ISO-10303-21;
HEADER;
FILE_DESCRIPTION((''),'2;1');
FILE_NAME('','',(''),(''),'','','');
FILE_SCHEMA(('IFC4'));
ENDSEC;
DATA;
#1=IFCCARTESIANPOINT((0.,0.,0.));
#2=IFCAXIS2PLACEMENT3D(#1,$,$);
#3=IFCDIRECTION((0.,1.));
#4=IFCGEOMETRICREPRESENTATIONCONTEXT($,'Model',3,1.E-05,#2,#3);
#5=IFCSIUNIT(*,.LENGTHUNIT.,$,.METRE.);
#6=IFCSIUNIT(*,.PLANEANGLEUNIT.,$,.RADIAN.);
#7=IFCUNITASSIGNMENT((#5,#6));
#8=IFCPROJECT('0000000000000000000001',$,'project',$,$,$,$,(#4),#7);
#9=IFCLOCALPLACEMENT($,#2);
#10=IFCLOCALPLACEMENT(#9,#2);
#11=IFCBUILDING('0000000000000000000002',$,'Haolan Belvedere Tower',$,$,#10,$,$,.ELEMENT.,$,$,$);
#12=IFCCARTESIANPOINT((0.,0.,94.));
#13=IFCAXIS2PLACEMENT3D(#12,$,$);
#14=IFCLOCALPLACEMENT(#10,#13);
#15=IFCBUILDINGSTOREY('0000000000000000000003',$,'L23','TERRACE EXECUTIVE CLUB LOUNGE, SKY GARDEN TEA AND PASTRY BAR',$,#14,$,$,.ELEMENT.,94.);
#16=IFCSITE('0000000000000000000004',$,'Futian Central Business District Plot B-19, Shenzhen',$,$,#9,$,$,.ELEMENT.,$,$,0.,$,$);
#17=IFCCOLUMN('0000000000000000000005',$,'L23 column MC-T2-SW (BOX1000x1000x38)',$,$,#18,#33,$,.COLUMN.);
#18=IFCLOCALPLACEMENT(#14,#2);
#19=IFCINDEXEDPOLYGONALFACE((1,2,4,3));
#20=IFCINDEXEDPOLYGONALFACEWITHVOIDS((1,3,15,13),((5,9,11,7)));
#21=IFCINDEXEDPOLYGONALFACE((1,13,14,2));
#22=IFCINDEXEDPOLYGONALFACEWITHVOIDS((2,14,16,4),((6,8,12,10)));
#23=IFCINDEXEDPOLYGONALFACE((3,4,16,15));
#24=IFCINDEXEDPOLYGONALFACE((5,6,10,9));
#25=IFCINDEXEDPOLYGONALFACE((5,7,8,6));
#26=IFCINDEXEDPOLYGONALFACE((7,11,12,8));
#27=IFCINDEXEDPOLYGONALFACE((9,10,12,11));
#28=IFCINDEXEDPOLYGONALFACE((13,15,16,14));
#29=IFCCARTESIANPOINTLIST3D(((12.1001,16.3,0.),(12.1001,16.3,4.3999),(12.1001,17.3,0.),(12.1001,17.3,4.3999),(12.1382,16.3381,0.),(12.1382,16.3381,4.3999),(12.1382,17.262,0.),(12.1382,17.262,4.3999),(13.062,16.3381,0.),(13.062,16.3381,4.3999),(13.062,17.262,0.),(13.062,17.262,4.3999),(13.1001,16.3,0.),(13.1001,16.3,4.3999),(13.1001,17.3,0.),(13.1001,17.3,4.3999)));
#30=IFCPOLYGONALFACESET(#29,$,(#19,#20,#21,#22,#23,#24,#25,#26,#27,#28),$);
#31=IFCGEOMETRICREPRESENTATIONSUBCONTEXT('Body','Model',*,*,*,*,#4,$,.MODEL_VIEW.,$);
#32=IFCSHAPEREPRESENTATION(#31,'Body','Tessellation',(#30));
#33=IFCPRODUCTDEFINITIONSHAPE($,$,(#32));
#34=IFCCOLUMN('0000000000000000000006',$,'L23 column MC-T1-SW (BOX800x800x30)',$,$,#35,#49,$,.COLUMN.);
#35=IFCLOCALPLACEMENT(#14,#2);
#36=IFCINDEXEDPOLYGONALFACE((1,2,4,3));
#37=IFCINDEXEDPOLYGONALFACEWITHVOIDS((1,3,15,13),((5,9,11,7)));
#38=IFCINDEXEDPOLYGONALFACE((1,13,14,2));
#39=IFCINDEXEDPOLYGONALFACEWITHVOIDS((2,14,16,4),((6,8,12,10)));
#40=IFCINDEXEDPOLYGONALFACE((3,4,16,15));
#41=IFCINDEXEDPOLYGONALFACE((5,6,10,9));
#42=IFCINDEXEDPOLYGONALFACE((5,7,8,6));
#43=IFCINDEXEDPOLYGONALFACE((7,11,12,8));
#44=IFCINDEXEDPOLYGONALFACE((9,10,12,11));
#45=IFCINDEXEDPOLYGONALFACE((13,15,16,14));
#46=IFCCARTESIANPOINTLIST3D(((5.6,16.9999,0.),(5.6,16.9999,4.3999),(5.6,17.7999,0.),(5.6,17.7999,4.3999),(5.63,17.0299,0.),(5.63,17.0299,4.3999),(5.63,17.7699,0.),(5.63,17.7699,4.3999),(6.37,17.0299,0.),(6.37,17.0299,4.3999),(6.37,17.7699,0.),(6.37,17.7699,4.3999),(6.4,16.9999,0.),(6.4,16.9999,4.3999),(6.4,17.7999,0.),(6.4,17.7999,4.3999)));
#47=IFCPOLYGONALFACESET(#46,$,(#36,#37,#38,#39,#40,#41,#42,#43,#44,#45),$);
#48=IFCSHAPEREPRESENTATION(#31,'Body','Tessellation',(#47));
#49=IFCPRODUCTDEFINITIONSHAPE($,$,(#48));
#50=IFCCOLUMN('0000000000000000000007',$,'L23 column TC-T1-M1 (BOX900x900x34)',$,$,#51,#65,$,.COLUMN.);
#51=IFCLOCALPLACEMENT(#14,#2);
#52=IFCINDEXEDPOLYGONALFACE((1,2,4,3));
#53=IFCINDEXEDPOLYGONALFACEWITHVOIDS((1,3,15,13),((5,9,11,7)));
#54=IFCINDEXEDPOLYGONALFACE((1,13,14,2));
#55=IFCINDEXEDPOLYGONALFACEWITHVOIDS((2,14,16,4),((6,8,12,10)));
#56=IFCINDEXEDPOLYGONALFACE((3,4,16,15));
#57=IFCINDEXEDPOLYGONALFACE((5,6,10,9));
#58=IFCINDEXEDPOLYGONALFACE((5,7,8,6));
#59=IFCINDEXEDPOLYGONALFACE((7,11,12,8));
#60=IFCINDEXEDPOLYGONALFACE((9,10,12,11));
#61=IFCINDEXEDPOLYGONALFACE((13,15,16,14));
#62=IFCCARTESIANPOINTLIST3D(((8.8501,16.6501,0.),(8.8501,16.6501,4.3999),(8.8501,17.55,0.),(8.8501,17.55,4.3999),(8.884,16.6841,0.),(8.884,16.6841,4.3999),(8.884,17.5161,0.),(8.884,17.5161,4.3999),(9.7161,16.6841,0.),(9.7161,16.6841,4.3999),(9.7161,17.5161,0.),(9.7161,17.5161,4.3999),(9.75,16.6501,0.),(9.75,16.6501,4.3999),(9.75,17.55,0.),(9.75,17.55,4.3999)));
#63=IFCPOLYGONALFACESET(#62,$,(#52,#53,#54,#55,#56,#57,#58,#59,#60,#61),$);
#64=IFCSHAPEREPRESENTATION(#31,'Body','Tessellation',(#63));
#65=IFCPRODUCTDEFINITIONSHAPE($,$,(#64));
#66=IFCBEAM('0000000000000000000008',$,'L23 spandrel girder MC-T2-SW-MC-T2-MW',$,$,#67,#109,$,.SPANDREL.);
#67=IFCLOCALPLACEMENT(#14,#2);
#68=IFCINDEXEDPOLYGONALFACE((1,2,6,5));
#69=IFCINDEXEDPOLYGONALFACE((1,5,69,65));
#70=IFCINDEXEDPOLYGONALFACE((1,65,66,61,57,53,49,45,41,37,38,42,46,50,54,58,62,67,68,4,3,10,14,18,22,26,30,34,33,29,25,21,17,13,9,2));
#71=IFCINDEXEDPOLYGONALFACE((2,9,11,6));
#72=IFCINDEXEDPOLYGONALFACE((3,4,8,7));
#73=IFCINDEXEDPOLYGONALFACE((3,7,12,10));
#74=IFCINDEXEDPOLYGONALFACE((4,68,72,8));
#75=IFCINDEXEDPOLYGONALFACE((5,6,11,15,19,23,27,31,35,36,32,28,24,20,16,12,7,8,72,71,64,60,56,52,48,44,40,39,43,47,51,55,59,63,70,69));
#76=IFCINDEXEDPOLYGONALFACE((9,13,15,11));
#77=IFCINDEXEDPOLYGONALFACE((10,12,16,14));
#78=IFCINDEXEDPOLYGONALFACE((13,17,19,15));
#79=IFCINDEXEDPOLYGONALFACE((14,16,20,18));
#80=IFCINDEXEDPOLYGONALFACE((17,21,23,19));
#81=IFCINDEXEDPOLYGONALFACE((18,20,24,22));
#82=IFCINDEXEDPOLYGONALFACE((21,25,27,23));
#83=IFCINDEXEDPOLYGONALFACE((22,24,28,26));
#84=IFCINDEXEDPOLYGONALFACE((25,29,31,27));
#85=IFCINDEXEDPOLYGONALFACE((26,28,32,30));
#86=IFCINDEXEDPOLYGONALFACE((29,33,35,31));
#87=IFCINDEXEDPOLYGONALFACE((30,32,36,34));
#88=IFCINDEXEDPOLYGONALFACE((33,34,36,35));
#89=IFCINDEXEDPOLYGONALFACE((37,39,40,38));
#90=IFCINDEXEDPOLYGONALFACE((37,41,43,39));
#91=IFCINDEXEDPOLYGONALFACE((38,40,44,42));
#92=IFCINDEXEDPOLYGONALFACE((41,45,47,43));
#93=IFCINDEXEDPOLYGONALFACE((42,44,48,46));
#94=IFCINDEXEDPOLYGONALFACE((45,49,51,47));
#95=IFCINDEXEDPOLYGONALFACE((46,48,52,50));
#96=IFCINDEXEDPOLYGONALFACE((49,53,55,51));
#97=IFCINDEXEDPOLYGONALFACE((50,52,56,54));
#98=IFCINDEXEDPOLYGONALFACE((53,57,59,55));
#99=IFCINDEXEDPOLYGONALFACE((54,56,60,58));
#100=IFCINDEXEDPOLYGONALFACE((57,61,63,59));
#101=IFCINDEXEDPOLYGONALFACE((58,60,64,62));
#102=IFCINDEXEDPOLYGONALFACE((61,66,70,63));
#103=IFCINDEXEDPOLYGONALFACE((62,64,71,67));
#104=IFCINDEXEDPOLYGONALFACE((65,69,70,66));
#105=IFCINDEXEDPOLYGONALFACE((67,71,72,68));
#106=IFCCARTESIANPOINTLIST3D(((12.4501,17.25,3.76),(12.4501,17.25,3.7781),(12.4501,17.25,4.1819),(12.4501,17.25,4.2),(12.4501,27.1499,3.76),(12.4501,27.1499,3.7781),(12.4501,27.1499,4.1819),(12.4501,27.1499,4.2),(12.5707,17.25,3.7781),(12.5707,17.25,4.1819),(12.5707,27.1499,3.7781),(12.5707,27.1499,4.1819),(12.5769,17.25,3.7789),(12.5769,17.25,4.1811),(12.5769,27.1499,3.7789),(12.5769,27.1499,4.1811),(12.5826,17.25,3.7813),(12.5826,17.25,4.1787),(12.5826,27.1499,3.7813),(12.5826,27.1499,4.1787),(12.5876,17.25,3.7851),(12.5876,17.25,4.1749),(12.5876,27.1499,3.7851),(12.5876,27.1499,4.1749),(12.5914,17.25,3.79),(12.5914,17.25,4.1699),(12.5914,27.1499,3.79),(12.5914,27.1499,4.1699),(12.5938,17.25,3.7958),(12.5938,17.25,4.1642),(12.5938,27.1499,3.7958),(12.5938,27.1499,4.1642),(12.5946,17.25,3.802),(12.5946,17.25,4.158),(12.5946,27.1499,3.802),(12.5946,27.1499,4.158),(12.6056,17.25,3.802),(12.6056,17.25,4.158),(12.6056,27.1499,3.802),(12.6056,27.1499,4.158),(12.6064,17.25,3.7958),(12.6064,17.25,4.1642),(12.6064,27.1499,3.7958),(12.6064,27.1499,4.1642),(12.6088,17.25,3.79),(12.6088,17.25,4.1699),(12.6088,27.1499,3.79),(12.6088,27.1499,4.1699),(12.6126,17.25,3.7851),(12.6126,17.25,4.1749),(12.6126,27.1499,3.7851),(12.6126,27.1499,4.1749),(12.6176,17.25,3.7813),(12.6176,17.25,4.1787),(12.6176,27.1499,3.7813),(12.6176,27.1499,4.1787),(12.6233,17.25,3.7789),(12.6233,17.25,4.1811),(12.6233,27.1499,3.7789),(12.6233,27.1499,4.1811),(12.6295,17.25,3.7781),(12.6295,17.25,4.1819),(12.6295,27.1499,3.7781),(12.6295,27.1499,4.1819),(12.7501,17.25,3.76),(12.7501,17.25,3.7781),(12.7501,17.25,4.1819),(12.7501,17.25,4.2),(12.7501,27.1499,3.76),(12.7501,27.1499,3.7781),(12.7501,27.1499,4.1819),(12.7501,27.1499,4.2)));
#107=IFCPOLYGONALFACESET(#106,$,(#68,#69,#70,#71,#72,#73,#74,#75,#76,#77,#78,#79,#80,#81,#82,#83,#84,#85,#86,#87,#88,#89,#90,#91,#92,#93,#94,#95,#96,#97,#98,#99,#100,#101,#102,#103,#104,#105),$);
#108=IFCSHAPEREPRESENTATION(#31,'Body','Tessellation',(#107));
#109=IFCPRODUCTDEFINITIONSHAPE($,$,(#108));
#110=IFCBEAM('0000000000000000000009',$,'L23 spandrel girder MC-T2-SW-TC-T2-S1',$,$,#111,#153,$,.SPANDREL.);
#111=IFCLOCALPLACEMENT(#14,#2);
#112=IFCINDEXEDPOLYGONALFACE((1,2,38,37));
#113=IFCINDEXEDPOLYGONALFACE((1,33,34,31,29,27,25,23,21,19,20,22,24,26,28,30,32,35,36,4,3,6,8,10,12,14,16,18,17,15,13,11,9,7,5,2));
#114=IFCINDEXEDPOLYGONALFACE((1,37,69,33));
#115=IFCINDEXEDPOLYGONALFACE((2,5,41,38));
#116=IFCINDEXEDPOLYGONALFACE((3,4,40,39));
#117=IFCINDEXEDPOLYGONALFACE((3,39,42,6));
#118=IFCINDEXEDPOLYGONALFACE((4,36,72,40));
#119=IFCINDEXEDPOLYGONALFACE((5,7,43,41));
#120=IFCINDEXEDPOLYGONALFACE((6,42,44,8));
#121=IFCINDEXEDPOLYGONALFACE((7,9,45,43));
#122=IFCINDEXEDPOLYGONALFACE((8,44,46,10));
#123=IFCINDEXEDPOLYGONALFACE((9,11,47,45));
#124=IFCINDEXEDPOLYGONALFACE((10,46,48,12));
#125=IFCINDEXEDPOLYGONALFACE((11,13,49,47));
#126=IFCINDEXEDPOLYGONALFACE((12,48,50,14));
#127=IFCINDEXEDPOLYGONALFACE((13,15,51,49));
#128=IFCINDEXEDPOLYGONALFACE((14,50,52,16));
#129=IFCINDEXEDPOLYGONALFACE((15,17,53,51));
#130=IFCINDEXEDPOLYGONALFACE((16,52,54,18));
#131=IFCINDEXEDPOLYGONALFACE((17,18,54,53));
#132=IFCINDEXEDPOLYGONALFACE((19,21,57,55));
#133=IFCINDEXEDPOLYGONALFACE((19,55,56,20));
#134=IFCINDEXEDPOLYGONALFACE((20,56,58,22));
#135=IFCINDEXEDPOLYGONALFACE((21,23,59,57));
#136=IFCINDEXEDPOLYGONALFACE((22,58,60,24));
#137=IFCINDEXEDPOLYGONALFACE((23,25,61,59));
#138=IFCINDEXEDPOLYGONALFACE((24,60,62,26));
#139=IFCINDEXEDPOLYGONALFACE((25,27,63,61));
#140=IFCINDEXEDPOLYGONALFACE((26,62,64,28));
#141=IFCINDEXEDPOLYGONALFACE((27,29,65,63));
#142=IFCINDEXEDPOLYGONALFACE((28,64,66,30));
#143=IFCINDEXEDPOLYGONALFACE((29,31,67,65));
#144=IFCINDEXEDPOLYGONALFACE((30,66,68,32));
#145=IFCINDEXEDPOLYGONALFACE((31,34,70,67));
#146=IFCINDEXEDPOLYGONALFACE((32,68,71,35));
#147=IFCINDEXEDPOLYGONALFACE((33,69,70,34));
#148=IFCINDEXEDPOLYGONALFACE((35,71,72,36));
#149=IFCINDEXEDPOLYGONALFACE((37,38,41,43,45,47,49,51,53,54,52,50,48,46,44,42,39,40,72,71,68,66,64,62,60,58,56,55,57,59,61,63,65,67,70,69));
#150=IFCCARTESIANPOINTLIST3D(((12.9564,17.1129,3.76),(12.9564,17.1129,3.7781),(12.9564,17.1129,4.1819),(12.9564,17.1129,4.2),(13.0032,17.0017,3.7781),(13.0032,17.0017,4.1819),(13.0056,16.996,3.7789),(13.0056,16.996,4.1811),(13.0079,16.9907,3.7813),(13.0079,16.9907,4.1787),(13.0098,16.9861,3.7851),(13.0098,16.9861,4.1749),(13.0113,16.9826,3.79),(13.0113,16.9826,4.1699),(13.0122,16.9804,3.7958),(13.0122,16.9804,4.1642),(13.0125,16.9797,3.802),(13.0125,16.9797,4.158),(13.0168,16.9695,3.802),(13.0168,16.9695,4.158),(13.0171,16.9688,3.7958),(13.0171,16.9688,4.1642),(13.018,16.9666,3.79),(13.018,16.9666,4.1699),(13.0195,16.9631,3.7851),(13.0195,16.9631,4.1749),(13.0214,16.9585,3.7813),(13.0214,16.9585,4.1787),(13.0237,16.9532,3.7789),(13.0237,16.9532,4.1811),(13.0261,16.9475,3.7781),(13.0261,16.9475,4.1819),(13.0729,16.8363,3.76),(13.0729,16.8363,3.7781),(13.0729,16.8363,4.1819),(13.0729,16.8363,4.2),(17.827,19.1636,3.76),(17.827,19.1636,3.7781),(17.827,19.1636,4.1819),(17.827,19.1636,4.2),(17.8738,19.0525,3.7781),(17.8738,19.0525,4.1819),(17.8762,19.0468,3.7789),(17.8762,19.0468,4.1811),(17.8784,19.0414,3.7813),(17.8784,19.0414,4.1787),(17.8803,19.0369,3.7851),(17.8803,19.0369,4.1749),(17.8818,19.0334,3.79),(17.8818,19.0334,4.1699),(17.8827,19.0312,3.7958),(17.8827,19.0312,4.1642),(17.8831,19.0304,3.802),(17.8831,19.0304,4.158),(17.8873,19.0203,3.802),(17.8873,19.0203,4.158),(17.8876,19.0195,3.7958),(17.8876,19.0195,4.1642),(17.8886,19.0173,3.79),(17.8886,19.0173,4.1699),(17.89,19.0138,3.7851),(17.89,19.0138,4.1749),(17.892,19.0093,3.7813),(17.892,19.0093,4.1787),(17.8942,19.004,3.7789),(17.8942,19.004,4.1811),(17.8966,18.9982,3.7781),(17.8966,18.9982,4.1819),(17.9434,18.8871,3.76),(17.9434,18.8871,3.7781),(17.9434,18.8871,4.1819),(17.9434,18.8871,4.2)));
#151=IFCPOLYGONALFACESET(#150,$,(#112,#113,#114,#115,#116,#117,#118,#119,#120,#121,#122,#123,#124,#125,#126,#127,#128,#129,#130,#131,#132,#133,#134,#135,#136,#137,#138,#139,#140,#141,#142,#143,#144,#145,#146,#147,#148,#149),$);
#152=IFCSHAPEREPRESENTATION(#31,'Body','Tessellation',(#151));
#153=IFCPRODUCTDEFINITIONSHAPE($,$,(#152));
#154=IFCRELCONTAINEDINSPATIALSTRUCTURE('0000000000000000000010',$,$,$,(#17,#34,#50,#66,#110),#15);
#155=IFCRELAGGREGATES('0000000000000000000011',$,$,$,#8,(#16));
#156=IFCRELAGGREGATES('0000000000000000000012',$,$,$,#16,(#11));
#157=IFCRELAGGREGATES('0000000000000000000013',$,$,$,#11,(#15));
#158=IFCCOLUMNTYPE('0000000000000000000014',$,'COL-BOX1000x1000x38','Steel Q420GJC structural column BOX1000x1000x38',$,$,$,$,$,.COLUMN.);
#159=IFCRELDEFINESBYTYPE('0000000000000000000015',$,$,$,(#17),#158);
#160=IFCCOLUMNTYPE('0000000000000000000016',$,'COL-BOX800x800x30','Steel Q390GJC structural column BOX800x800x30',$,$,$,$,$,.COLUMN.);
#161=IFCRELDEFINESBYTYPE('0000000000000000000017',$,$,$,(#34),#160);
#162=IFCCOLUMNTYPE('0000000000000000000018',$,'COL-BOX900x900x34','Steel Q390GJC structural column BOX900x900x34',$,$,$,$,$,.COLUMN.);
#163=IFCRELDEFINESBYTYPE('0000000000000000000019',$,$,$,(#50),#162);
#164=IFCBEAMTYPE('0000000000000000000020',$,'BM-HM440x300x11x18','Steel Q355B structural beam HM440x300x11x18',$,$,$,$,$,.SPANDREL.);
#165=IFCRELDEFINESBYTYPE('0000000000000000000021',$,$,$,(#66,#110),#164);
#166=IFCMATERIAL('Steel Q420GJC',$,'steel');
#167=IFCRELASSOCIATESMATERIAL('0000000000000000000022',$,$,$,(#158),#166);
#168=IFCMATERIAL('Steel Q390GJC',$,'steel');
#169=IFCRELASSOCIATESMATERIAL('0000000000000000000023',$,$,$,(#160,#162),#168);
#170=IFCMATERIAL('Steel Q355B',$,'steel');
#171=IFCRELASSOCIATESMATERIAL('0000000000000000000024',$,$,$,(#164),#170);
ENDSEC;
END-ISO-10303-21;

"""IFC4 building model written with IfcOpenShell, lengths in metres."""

from ifc_helpers import new_model, si_unit, direction, frame, origin, origin_2d, place, context, subcontext, project, spatial, hollow_rectangle, i_section, extrude, material, material_profile, profile_set, type_object, element, save


model = new_model("IFC4")

# Units and contexts
model_context = context("Model", 3, precision=1e-05, world=origin(), true_north=direction((0.0, 1.0)))
body_context = subcontext(model_context, "Body", "Model", "MODEL_VIEW")
ifc_project = project(units=[si_unit("LENGTHUNIT", "METRE"), si_unit("PLANEANGLEUNIT", "RADIAN")], contexts=[model_context])

# Site, building, storey
site_placement = place(None, origin())
site = spatial("IfcSite", under=ifc_project, at=site_placement, Name="Futian Central Business District Plot B-19, Shenzhen", CompositionType="ELEMENT", RefElevation=0.0)
building_placement = place(site_placement, origin())
building = spatial("IfcBuilding", under=site, at=building_placement, Name="Haolan Belvedere Tower", CompositionType="ELEMENT")
storey_placement = place(building_placement, frame((0.0, 0.0, 94.0)))
storey = spatial("IfcBuildingStorey", under=building, at=storey_placement, Name="L23", Description="TERRACE EXECUTIVE CLUB LOUNGE, SKY GARDEN TEA AND PASTRY BAR", CompositionType="ELEMENT", Elevation=94.0)

# Columns
ifc_material_1 = material(Name="Steel Q420GJC", Category="steel")
ifc_material_profile_1 = material_profile(ifc_material_1, hollow_rectangle(XDim=1.0, YDim=1.0, WallThickness=0.0381, at=origin_2d()), Name="Steel Q420GJC")
ifc_profile_set_1 = profile_set([ifc_material_profile_1], Name="Steel Q420GJC")
column_type_1 = type_object("IfcColumnType", Name="COL-BOX1000x1000x38", Description="Steel Q420GJC structural column BOX1000x1000x38", PredefinedType="COLUMN", material=ifc_profile_set_1)
column_1_placement = place(storey_placement, frame((12.6001, 16.8, 0.0), z_axis=(0.0, 0.0, 1.0), x_axis=(1.0, 0.0, 0.0)))
element("IfcColumn", 1, at=column_1_placement, inside=storey, type_object=column_type_1, Name="L23 column MC-T2-SW (BOX1000x1000x38)", PredefinedType="COLUMN", context=body_context, shape_type="SweptSolid", body=[
    extrude(hollow_rectangle(XDim=1.0, YDim=1.0, WallThickness=0.0381, at=origin_2d()), origin(), (0.0, 0.0, 1.0), 4.3999),
])
ifc_material_2 = material(Name="Steel Q390GJC", Category="steel")
ifc_material_profile_2 = material_profile(ifc_material_2, hollow_rectangle(XDim=0.8, YDim=0.8, WallThickness=0.03, at=origin_2d()), Name="Steel Q390GJC")
ifc_profile_set_2 = profile_set([ifc_material_profile_2], Name="Steel Q390GJC")
column_type_2 = type_object("IfcColumnType", Name="COL-BOX800x800x30", Description="Steel Q390GJC structural column BOX800x800x30", PredefinedType="COLUMN", material=ifc_profile_set_2)
column_2_placement = place(storey_placement, frame((6.0, 17.3999, 0.0), z_axis=(0.0, 0.0, 1.0), x_axis=(1.0, 0.0, 0.0)))
element("IfcColumn", 2, at=column_2_placement, inside=storey, type_object=column_type_2, Name="L23 column MC-T1-SW (BOX800x800x30)", PredefinedType="COLUMN", context=body_context, shape_type="SweptSolid", body=[
    extrude(hollow_rectangle(XDim=0.8, YDim=0.8, WallThickness=0.03, at=origin_2d()), origin(), (0.0, 0.0, 1.0), 4.3999),
])
ifc_material_profile_3 = material_profile(ifc_material_2, hollow_rectangle(XDim=0.8999, YDim=0.8999, WallThickness=0.0339, at=origin_2d()), Name="Steel Q390GJC")
ifc_profile_set_3 = profile_set([ifc_material_profile_3], Name="Steel Q390GJC")
column_type_3 = type_object("IfcColumnType", Name="COL-BOX900x900x34", Description="Steel Q390GJC structural column BOX900x900x34", PredefinedType="COLUMN", material=ifc_profile_set_3)
column_3_placement = place(storey_placement, frame((9.3, 17.1001, 0.0), z_axis=(0.0, 0.0, 1.0), x_axis=(1.0, 0.0, 0.0)))
element("IfcColumn", 3, at=column_3_placement, inside=storey, type_object=column_type_3, Name="L23 column TC-T1-M1 (BOX900x900x34)", PredefinedType="COLUMN", context=body_context, shape_type="SweptSolid", body=[
    extrude(hollow_rectangle(XDim=0.8999, YDim=0.8999, WallThickness=0.0339, at=origin_2d()), origin(), (0.0, 0.0, 1.0), 4.3999),
])

# Beams
ifc_material_3 = material(Name="Steel Q355B", Category="steel")
ifc_material_profile_4 = material_profile(ifc_material_3, i_section(OverallWidth=0.3, OverallDepth=0.4399, WebThickness=0.011, FlangeThickness=0.0181, FilletRadius=0.0239, at=origin_2d()), Name="Steel Q355B")
ifc_profile_set_4 = profile_set([ifc_material_profile_4], Name="Steel Q355B")
beam_type = type_object("IfcBeamType", Name="BM-HM440x300x11x18", Description="Steel Q355B structural beam HM440x300x11x18", PredefinedType="SPANDREL", material=ifc_profile_set_4)
beam_1_placement = place(storey_placement, frame((12.6001, 17.25, 3.98), z_axis=(0.0, 1.0, 0.0), x_axis=(-1.0, 0.0, 0.0)))
element("IfcBeam", 4, at=beam_1_placement, inside=storey, type_object=beam_type, Name="L23 spandrel girder MC-T2-SW-MC-T2-MW", PredefinedType="SPANDREL", context=body_context, shape_type="SweptSolid", body=[
    extrude(i_section(OverallWidth=0.3, OverallDepth=0.4399, WebThickness=0.011, FlangeThickness=0.0181, FilletRadius=0.0239, at=origin_2d()), origin(), (0.0, 0.0, 1.0), 9.8999),
])
beam_2_placement = place(storey_placement, frame((13.0146, 16.9746, 3.98), z_axis=(0.921635, 0.388057, 0.0), x_axis=(-0.388057, 0.921635, 0.0)))
element("IfcBeam", 5, at=beam_2_placement, inside=storey, type_object=beam_type, Name="L23 spandrel girder MC-T2-SW-TC-T2-S1", PredefinedType="SPANDREL", context=body_context, shape_type="SweptSolid", body=[
    extrude(i_section(OverallWidth=0.3, OverallDepth=0.4399, WebThickness=0.011, FlangeThickness=0.0181, FilletRadius=0.0239, at=origin_2d()), origin(), (0.0, 0.0, 1.0), 5.2847),
])

save(model, "model.ifc")
